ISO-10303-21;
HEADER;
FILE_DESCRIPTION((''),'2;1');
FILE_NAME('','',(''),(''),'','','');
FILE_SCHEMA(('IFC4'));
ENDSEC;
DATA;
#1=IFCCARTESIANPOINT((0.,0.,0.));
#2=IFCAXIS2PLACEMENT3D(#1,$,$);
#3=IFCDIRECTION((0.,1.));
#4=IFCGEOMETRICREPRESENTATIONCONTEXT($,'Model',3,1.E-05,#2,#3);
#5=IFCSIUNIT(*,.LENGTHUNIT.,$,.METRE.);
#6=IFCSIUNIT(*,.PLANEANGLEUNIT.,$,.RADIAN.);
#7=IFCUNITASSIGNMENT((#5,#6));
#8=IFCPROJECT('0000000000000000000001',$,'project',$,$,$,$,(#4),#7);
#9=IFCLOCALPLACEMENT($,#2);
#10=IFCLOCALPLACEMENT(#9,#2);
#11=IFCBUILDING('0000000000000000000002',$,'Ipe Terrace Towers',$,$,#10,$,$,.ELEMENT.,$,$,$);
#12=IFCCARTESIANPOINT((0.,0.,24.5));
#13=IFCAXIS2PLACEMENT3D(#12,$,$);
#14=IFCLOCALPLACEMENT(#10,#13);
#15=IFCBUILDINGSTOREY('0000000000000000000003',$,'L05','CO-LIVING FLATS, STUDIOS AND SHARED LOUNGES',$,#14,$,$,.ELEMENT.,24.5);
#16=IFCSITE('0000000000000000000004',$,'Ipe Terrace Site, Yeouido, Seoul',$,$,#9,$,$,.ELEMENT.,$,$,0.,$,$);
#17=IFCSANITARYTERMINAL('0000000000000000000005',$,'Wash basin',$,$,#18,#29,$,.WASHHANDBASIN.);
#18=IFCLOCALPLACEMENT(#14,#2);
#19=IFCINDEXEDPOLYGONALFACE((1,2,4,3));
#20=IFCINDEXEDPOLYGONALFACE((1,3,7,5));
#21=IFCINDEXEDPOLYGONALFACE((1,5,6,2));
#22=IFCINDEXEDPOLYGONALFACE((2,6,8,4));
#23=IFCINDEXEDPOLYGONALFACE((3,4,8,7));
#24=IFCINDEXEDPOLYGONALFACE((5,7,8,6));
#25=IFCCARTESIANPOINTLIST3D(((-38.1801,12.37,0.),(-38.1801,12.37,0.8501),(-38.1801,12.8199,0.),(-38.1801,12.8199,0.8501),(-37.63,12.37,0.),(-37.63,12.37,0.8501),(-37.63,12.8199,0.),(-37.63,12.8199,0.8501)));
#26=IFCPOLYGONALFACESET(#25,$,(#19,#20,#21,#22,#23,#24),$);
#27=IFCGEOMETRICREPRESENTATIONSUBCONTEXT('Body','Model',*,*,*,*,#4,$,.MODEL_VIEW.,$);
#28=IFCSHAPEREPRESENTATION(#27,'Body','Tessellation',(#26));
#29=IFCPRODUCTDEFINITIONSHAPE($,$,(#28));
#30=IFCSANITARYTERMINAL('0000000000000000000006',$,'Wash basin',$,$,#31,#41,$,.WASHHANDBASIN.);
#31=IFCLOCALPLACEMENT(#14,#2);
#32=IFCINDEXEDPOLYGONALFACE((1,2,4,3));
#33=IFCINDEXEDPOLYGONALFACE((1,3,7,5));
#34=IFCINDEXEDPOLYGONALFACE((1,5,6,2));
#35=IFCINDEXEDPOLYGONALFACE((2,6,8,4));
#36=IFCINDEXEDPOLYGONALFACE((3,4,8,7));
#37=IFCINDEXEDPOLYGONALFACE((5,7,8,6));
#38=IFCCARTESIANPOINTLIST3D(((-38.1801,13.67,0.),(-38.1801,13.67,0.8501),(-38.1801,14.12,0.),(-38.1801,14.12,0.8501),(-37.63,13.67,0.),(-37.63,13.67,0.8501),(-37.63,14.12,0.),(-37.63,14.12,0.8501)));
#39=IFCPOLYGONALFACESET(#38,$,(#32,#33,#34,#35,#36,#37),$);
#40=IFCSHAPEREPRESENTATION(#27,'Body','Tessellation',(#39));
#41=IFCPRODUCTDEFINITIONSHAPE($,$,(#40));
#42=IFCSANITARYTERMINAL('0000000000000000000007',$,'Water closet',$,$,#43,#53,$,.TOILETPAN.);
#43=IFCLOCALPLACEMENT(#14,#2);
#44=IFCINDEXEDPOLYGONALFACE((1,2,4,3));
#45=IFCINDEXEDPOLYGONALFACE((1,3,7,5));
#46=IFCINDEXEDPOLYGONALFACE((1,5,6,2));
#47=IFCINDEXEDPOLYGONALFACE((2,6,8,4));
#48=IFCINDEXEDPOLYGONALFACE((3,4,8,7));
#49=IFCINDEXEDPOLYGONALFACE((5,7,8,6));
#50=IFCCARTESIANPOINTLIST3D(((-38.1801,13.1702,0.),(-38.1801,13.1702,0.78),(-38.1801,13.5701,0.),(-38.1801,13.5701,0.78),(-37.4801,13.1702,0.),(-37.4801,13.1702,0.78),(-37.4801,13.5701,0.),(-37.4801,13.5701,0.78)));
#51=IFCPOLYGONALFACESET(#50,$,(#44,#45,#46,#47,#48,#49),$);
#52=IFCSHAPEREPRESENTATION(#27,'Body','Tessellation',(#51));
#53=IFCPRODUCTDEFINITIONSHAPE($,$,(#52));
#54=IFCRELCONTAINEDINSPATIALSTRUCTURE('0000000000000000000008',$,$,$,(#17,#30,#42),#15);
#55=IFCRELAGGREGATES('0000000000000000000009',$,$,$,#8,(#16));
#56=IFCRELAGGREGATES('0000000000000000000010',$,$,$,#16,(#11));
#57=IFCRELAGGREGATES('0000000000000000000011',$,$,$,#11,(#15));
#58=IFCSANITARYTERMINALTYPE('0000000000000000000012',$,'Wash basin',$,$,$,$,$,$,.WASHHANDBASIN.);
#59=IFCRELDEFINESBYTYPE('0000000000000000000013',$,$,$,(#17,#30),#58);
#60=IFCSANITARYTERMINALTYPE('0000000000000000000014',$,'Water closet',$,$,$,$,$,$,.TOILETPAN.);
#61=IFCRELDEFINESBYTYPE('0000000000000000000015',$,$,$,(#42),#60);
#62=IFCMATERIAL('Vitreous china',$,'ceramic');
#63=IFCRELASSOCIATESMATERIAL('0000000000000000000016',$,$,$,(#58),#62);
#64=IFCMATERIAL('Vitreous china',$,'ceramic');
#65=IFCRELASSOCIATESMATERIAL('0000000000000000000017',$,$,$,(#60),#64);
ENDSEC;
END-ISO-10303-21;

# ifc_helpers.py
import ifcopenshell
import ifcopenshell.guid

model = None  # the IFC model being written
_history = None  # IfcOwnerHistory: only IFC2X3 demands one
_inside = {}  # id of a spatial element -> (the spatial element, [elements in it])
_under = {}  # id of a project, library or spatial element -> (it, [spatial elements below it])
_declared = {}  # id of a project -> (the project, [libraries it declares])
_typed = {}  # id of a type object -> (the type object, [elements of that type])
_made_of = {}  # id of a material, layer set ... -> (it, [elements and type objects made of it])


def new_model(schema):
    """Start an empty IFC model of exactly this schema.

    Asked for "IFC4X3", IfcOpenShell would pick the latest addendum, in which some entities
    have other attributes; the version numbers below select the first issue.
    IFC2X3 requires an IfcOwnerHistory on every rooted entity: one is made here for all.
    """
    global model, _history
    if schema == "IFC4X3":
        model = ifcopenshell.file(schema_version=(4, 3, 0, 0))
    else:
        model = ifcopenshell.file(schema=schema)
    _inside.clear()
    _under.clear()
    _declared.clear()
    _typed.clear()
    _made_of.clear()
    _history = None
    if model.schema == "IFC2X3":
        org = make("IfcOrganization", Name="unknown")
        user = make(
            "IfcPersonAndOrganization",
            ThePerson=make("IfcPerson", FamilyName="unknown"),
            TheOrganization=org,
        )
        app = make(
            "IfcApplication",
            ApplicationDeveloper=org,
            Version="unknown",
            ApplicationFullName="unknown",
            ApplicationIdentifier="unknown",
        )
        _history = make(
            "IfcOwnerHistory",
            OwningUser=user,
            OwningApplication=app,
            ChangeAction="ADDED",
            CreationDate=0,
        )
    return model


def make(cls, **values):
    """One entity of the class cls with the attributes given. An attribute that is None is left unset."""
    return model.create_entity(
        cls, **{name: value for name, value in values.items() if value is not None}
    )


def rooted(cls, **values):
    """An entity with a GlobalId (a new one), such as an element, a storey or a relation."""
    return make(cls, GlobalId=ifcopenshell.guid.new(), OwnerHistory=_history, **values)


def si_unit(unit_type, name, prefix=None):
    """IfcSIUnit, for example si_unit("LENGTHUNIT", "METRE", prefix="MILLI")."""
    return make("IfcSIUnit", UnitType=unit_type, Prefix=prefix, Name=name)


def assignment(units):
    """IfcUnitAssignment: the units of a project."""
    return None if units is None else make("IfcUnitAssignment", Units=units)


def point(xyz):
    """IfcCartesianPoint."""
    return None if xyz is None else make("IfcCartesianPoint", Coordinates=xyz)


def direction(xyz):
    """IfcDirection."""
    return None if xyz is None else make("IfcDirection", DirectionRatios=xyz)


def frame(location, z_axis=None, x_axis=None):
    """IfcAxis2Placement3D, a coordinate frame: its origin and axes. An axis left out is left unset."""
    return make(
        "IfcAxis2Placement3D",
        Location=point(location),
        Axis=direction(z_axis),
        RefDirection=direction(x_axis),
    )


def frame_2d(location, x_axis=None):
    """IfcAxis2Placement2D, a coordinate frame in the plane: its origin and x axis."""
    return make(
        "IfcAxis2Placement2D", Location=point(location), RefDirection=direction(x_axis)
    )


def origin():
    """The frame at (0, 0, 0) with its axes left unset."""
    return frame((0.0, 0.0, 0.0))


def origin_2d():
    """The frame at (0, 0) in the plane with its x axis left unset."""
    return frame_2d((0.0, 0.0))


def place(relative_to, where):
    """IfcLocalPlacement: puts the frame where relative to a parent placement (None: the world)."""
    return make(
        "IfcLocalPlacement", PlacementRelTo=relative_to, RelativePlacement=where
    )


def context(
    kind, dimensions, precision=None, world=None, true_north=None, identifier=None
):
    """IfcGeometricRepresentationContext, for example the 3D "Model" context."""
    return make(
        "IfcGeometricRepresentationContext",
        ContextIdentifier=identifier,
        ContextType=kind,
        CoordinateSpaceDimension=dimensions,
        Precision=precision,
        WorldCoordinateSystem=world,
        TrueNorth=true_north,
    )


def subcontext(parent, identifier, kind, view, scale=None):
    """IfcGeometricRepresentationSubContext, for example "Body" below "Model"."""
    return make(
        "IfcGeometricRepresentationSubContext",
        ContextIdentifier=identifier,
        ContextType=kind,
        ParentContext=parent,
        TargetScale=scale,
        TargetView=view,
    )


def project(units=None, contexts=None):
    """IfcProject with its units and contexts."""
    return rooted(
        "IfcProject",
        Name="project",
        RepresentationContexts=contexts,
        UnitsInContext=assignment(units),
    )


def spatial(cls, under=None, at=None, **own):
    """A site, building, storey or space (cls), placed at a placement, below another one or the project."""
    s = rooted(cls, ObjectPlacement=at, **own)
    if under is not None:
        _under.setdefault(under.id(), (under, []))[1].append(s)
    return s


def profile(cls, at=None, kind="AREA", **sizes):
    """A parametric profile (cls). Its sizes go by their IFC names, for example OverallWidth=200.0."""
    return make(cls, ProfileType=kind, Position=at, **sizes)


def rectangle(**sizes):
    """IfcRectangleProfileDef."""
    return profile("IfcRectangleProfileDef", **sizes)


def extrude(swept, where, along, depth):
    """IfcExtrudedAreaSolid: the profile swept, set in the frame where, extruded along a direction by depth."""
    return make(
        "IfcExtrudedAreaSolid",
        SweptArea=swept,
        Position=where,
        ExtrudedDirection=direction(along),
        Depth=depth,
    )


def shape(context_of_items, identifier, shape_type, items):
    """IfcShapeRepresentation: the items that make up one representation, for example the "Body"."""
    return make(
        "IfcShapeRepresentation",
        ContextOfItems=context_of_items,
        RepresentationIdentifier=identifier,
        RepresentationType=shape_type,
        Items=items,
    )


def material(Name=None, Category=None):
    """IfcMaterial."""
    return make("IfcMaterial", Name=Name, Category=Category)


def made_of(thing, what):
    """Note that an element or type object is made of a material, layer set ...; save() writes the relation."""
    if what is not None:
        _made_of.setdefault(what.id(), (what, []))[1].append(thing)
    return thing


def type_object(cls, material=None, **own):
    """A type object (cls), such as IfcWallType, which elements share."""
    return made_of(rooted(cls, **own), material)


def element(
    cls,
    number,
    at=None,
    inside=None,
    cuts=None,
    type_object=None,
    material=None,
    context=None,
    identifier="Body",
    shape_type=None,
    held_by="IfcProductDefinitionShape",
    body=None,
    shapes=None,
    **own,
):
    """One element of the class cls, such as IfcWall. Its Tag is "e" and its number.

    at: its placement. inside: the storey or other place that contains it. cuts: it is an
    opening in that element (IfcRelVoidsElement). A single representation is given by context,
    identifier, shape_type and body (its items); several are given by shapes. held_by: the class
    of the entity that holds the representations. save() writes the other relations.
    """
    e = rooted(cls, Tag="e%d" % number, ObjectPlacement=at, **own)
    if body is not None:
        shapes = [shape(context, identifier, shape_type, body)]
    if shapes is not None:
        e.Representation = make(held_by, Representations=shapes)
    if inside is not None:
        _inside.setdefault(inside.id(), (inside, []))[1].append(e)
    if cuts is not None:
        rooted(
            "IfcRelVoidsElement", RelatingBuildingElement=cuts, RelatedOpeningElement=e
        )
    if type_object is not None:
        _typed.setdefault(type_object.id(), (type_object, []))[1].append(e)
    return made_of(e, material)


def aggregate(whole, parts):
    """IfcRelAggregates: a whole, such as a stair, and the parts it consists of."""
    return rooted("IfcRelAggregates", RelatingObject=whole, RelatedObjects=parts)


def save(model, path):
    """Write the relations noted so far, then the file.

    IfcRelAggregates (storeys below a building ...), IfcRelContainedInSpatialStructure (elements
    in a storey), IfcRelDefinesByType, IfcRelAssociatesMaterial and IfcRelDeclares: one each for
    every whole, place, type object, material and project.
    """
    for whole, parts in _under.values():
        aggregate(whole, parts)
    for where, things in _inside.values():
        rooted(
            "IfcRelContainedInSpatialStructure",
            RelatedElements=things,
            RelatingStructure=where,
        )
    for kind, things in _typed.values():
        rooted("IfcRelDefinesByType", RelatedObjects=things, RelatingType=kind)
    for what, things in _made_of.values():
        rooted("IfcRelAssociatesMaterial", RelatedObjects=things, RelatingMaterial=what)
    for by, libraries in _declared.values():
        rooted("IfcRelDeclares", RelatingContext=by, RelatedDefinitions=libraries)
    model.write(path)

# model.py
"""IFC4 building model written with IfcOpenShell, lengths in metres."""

from ifc_helpers import new_model, si_unit, direction, frame, origin, origin_2d, place, context, subcontext, project, spatial, rectangle, extrude, material, type_object, element, save


model = new_model("IFC4")

# Units and contexts
model_context = context("Model", 3, precision=1e-05, world=origin(), true_north=direction((0.0, 1.0)))
body_context = subcontext(model_context, "Body", "Model", "MODEL_VIEW")
ifc_project = project(units=[si_unit("LENGTHUNIT", "METRE"), si_unit("PLANEANGLEUNIT", "RADIAN")], contexts=[model_context])

# Site, building, storey
site_placement = place(None, origin())
site = spatial("IfcSite", under=ifc_project, at=site_placement, Name="Ipe Terrace Site, Yeouido, Seoul", CompositionType="ELEMENT", RefElevation=0.0)
building_placement = place(site_placement, origin())
building = spatial("IfcBuilding", under=site, at=building_placement, Name="Ipe Terrace Towers", CompositionType="ELEMENT")
storey_placement = place(building_placement, frame((0.0, 0.0, 24.5)))
storey = spatial("IfcBuildingStorey", under=building, at=storey_placement, Name="L05", Description="CO-LIVING FLATS, STUDIOS AND SHARED LOUNGES", CompositionType="ELEMENT", Elevation=24.5)

# Sanitary terminals
ifc_material_1 = material(Name="Vitreous china", Category="ceramic")
sanitary_terminal_type_1 = type_object("IfcSanitaryTerminalType", Name="Wash basin", PredefinedType="WASHHANDBASIN", material=ifc_material_1)
for number, where, z_axis, x_axis, name in (
    (1, (-37.905, 12.595, 0.0), (0.0, 0.0, 1.0), (1.0, 0.0, 0.0), "Wash basin"),
    (2, (-37.905, 13.895, 0.0), (0.0, 0.0, 1.0), (1.0, 0.0, 0.0), "Wash basin"),
):
    element("IfcSanitaryTerminal", number, at=place(storey_placement, frame(where, z_axis=z_axis, x_axis=x_axis)), inside=storey, type_object=sanitary_terminal_type_1, Name=name, PredefinedType="WASHHANDBASIN", context=body_context, shape_type="SweptSolid", body=[
        extrude(rectangle(XDim=0.55, YDim=0.45, at=origin_2d()), origin(), (0.0, 0.0, 1.0), 0.8501),
    ])
ifc_material_2 = material(Name="Vitreous china", Category="ceramic")
sanitary_terminal_type_2 = type_object("IfcSanitaryTerminalType", Name="Water closet", PredefinedType="TOILETPAN", material=ifc_material_2)
sanitary_terminal_1_placement = place(storey_placement, frame((-37.8301, 13.3701, 0.0), z_axis=(0.0, 0.0, 1.0), x_axis=(1.0, 0.0, 0.0)))
element("IfcSanitaryTerminal", 3, at=sanitary_terminal_1_placement, inside=storey, type_object=sanitary_terminal_type_2, Name="Water closet", PredefinedType="TOILETPAN", context=body_context, shape_type="SweptSolid", body=[
    extrude(rectangle(XDim=0.7, YDim=0.3999, at=origin_2d()), origin(), (0.0, 0.0, 1.0), 0.78),
])

save(model, "model.ifc")
